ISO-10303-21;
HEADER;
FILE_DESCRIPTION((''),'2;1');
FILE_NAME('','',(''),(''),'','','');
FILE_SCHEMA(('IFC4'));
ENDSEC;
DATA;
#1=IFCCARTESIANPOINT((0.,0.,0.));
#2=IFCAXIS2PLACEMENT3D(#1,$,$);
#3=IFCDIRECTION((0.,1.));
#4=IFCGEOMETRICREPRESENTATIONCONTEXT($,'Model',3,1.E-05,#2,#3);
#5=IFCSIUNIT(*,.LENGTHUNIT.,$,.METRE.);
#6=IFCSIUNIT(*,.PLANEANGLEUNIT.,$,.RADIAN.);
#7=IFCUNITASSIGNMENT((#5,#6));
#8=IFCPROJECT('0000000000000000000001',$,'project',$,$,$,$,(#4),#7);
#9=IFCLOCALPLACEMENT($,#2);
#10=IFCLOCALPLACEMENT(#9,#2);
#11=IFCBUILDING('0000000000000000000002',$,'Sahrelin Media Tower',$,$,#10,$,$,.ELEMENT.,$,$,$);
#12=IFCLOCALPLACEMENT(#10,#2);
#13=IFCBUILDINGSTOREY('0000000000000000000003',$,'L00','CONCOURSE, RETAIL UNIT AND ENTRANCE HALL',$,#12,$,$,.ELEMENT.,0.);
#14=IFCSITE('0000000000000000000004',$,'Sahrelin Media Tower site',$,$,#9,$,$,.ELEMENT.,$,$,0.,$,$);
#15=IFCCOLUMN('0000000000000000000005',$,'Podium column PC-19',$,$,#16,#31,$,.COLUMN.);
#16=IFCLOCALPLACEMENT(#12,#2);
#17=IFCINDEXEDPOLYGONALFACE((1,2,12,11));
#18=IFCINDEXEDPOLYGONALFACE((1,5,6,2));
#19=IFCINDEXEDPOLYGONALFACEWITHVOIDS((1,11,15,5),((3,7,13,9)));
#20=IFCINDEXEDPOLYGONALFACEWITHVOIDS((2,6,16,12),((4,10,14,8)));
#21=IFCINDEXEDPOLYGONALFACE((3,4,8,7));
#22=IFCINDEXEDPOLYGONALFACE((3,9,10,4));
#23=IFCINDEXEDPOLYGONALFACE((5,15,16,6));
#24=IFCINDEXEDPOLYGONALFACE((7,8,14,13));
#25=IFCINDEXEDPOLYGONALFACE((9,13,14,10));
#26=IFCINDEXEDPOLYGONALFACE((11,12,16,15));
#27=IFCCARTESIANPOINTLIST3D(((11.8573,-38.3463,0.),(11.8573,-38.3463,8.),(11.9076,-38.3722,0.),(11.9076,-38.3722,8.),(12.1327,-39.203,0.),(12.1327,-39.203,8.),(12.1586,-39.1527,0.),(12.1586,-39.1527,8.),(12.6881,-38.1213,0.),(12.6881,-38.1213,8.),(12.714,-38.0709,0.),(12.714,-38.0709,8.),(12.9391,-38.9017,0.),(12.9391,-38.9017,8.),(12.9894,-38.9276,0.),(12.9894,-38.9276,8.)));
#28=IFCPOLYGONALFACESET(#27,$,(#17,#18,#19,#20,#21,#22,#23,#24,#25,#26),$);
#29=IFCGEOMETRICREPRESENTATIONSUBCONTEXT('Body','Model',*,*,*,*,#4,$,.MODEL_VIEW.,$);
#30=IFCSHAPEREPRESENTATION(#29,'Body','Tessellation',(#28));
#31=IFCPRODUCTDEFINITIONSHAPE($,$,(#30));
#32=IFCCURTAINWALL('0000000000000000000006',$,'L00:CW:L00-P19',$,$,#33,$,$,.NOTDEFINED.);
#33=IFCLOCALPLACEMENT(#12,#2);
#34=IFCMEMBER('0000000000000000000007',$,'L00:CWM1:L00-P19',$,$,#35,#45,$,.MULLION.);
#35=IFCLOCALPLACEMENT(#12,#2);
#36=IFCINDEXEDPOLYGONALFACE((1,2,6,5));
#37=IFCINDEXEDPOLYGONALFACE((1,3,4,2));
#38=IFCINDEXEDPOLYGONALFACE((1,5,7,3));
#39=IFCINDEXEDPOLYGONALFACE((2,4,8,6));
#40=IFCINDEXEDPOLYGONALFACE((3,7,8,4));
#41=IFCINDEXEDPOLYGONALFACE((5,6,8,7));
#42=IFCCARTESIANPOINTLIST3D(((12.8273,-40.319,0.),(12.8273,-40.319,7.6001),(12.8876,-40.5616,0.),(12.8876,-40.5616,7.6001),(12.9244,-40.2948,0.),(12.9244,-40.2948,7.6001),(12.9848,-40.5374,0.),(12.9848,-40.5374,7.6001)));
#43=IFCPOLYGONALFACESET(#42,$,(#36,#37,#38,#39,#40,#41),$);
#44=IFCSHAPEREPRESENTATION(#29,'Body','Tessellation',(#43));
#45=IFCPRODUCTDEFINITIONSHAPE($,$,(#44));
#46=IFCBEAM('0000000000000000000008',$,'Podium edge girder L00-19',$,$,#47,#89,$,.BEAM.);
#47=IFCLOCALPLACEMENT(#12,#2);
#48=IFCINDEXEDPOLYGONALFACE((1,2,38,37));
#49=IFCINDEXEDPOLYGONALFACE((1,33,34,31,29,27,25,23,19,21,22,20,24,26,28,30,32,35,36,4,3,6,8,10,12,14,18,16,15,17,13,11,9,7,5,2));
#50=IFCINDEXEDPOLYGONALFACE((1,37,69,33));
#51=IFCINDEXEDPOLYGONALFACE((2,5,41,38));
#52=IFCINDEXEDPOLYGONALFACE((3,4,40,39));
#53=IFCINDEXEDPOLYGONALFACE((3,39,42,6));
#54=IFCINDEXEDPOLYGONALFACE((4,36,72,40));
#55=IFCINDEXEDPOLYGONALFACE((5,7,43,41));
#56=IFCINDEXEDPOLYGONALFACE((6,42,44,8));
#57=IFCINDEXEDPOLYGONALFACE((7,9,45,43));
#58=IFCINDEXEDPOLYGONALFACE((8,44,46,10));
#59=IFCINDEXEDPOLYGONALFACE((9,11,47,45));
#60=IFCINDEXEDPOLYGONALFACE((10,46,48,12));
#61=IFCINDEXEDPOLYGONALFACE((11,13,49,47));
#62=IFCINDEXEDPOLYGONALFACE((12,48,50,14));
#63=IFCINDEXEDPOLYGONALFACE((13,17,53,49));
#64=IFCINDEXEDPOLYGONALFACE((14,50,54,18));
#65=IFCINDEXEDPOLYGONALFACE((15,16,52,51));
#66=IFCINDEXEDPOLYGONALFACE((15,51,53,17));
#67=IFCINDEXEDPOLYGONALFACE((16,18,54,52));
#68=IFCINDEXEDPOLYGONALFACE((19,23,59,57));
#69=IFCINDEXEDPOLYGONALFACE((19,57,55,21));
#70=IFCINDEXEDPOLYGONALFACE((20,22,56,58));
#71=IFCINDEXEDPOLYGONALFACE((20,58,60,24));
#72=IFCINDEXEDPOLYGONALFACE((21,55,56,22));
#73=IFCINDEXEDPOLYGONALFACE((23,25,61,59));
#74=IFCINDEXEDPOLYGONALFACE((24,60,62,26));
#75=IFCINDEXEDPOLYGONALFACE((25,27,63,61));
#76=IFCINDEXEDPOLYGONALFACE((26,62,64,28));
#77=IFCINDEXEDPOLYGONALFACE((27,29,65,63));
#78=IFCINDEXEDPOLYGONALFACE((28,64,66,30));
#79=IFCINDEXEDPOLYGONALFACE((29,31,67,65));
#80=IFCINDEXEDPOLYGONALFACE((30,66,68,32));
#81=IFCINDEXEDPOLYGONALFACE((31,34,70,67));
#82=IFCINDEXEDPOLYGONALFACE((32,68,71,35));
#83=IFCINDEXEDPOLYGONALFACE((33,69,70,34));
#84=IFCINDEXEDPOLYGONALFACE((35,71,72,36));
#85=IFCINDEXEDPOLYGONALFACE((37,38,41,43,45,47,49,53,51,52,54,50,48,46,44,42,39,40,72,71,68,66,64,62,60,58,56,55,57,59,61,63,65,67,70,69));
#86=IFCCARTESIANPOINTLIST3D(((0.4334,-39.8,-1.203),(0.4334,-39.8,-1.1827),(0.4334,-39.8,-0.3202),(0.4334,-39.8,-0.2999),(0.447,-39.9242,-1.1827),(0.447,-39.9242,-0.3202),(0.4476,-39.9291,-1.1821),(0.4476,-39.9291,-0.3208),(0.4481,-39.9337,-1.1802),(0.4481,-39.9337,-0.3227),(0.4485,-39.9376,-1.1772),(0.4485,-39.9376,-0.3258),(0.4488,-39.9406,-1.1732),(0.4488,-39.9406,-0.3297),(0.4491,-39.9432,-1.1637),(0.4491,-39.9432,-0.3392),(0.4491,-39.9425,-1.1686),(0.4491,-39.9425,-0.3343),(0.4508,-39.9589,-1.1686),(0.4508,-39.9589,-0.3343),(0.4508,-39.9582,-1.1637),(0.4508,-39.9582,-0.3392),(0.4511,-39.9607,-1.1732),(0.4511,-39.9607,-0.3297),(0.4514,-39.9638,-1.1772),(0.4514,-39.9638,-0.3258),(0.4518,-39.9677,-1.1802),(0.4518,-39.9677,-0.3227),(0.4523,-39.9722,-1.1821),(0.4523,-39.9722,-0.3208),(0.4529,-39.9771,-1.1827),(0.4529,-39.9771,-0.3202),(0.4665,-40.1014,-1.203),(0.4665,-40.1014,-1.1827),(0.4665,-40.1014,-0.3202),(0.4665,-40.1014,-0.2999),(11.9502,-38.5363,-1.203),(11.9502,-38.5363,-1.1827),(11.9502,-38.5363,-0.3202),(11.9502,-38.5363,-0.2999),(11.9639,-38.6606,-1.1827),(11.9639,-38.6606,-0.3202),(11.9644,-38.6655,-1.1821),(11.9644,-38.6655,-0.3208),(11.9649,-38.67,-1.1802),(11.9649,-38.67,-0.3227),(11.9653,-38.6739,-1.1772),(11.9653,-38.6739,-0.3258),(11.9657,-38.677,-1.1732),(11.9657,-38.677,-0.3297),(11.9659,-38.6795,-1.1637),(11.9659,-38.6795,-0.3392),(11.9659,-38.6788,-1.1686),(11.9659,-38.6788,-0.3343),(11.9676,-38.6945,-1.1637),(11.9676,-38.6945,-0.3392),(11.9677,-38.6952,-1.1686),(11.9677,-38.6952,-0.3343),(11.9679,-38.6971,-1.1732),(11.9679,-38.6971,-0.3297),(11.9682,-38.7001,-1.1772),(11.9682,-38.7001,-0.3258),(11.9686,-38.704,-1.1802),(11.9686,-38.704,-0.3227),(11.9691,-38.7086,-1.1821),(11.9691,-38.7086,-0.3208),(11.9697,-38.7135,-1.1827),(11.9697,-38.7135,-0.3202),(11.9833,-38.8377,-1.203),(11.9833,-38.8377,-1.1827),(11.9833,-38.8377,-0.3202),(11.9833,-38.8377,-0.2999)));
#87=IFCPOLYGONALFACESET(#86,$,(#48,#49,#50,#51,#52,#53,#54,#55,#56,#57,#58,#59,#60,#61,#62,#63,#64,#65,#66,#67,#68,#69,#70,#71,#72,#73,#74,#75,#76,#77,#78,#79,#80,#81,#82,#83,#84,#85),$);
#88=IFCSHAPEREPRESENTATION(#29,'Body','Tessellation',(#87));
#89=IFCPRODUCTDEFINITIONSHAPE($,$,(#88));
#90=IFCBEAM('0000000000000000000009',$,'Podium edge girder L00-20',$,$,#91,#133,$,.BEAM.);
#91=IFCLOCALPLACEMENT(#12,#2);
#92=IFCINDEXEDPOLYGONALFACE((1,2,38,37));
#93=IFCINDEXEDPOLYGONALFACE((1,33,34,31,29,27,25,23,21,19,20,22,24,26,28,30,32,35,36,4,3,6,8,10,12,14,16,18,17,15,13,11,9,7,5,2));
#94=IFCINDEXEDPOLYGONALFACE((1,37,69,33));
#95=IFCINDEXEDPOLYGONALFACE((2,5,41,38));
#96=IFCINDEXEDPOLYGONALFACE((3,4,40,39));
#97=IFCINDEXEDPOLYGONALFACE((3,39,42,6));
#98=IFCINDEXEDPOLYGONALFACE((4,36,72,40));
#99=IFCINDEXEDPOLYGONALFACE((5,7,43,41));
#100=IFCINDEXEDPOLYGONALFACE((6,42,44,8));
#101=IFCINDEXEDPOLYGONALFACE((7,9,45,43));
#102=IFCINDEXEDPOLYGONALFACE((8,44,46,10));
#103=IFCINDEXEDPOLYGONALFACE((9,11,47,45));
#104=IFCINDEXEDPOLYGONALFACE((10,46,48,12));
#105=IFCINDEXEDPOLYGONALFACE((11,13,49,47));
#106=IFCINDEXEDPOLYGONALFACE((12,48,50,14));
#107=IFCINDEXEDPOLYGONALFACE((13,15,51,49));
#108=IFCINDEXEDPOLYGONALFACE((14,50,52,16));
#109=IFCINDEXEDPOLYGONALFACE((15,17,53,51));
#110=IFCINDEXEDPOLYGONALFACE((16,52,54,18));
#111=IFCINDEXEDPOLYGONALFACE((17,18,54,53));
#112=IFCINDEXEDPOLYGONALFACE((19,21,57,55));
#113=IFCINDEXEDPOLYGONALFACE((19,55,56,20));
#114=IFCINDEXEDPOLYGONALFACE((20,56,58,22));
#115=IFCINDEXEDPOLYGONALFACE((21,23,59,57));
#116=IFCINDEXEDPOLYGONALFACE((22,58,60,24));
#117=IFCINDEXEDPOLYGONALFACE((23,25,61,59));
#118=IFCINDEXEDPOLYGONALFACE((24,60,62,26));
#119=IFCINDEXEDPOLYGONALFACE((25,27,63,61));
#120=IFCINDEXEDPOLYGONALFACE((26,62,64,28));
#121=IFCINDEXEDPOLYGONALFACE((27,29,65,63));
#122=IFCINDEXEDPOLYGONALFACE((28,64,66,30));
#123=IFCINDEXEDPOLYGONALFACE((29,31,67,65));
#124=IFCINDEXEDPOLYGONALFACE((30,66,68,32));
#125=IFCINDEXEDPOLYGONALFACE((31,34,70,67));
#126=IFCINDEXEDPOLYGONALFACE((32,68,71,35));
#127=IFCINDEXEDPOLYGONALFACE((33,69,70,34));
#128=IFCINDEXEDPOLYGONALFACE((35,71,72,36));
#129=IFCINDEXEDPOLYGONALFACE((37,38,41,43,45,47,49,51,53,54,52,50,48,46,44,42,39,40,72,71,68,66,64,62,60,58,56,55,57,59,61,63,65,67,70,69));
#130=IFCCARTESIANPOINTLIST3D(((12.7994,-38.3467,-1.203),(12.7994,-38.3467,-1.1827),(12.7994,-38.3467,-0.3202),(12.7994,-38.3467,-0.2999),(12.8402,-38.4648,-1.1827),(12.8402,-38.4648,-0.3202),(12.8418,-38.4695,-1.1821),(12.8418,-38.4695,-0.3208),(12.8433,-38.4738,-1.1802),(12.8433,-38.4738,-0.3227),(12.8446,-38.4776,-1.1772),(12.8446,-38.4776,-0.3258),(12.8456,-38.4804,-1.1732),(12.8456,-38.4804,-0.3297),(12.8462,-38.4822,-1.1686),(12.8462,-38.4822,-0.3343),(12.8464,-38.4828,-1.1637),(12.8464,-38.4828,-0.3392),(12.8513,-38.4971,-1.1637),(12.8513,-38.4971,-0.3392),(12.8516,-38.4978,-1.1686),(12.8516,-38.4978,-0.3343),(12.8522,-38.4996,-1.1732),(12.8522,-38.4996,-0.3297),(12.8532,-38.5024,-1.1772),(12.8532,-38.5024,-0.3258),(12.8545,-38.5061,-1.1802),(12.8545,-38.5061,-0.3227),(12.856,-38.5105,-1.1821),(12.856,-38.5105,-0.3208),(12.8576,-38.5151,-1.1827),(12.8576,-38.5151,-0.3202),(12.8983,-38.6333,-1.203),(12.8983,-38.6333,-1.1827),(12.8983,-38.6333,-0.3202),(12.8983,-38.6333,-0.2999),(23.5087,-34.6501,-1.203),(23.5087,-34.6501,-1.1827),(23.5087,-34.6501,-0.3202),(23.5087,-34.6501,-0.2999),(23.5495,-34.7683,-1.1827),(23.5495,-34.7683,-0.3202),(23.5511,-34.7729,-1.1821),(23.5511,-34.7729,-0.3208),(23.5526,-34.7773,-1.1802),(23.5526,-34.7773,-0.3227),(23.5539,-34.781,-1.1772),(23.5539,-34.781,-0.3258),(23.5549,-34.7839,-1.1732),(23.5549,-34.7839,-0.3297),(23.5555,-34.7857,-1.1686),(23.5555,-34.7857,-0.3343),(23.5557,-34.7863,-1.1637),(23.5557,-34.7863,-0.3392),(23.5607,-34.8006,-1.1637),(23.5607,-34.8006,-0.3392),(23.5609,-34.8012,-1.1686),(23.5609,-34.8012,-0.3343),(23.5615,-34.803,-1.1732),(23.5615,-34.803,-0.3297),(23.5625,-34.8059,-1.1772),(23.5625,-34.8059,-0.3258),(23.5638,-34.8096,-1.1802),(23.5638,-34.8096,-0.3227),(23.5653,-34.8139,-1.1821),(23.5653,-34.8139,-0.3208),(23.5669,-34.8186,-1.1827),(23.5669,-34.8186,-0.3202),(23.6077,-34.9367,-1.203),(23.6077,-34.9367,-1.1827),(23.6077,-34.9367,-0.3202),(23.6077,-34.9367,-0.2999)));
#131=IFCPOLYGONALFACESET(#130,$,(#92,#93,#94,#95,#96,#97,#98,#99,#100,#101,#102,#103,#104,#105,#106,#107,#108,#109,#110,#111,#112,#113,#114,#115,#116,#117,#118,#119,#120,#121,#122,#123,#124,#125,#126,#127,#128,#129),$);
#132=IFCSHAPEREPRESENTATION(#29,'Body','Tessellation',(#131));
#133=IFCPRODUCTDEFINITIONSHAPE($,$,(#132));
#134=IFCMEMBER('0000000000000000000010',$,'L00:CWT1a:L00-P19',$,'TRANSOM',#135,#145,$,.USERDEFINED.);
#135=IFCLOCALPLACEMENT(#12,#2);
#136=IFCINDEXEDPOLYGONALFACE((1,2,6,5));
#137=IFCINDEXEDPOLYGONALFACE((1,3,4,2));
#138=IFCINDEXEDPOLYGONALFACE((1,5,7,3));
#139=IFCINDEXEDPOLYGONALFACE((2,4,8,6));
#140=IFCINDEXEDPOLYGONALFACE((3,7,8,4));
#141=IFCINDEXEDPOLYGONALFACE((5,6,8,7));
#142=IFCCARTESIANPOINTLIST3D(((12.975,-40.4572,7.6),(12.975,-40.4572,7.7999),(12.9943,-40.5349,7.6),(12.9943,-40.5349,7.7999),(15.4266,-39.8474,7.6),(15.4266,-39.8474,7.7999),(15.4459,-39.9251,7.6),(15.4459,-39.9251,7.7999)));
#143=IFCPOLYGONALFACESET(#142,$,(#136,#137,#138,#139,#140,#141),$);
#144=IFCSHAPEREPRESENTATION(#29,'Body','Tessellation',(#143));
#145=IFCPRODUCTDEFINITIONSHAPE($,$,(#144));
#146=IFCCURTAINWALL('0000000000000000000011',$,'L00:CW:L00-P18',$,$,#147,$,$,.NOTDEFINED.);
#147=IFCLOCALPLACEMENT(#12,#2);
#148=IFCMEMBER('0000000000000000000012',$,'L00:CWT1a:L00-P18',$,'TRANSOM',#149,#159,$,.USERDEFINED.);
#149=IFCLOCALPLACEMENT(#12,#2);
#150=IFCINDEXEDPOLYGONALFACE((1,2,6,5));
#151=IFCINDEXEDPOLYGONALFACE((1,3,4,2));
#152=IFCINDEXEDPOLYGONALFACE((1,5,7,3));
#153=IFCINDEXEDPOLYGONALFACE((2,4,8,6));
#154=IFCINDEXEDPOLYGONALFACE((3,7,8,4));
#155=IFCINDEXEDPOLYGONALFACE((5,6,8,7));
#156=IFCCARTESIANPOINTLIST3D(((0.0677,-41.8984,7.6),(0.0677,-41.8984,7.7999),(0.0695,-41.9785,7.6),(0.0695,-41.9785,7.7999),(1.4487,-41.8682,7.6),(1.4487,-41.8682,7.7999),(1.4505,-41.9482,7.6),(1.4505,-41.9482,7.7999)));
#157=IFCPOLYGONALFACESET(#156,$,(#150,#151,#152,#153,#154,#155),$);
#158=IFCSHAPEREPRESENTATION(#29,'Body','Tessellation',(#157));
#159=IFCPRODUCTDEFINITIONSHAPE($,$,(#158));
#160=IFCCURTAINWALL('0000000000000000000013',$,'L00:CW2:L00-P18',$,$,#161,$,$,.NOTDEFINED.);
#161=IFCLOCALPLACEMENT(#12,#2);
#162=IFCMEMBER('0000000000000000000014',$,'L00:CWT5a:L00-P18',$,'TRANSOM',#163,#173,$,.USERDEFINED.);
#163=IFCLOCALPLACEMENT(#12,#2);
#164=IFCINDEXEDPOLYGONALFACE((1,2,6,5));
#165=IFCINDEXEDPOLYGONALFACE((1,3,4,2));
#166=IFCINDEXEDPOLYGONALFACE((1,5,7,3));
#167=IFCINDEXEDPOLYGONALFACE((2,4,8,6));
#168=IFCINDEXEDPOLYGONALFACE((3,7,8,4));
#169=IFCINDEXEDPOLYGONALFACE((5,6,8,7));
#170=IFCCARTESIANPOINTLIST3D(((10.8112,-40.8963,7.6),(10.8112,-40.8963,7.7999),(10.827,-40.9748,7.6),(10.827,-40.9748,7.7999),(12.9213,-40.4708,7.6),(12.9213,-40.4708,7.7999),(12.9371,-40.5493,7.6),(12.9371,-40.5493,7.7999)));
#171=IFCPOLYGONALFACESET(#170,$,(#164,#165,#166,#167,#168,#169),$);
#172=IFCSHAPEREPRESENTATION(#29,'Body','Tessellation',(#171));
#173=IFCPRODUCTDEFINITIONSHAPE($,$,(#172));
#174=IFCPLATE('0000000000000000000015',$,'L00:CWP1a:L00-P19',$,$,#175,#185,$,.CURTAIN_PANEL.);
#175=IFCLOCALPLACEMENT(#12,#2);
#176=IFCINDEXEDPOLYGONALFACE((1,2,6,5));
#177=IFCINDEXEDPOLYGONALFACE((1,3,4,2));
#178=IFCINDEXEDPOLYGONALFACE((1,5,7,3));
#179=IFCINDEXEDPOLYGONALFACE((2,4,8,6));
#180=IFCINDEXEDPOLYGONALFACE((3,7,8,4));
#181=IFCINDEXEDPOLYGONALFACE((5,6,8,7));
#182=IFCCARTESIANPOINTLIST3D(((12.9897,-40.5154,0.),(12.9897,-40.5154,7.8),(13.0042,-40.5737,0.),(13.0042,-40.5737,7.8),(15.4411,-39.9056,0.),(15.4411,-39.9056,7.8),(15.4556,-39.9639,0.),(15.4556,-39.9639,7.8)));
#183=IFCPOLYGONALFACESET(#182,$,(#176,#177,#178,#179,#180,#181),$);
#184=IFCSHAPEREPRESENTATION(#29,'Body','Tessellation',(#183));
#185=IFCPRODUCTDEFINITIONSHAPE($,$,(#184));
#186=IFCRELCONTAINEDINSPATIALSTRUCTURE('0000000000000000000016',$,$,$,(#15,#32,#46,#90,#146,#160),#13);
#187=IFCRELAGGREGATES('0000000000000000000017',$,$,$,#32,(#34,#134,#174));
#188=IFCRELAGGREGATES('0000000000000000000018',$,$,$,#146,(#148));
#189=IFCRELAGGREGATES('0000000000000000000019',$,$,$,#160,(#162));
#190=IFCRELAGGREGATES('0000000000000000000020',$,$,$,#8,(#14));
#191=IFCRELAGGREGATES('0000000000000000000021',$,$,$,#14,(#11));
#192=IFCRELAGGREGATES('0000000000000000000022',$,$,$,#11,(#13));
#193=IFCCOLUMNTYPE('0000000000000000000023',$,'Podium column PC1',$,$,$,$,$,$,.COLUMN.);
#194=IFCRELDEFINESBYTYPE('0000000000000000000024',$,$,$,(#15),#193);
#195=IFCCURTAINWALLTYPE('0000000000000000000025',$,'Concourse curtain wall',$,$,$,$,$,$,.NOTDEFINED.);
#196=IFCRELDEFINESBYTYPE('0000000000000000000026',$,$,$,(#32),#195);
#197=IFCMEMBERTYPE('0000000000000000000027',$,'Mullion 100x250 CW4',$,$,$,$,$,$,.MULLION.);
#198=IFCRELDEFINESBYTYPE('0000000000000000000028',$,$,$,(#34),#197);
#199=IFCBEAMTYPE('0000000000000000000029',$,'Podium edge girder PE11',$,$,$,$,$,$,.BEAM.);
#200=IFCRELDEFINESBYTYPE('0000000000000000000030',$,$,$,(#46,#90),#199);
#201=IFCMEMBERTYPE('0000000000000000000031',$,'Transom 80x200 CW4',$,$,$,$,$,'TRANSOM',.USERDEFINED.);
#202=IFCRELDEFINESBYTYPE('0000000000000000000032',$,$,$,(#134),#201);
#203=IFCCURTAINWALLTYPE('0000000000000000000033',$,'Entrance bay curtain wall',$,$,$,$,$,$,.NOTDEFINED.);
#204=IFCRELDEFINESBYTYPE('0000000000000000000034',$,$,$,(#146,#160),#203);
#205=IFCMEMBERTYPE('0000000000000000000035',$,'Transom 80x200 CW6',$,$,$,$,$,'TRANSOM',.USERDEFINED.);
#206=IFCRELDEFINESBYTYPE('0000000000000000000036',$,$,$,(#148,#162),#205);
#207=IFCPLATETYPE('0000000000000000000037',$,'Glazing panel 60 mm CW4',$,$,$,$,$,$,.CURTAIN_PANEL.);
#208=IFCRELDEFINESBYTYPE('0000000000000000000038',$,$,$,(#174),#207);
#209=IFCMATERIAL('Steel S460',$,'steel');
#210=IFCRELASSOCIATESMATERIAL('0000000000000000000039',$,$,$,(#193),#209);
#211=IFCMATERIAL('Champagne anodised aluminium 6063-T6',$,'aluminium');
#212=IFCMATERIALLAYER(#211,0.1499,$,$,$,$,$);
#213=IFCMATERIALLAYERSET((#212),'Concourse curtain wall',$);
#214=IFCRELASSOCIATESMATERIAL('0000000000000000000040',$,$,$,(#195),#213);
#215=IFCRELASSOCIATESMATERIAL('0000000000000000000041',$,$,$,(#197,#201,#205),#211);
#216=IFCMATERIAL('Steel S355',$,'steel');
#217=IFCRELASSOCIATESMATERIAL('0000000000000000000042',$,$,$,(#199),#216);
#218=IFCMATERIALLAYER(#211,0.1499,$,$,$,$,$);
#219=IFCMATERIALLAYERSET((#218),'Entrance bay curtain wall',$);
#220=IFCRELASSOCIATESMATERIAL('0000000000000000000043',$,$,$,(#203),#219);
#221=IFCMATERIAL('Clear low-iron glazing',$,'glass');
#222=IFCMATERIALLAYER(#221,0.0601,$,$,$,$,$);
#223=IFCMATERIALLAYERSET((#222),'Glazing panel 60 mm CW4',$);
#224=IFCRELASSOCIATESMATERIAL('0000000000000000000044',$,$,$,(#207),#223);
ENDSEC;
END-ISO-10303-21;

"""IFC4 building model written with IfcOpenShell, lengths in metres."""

from ifc_helpers import new_model, si_unit, direction, frame, origin, origin_2d, place, context, subcontext, project, spatial, polyline, rectangle, hollow_rectangle, i_section, outline, extrude, material, layer, layer_set, material_profile, profile_set, type_object, element, aggregate, save


model = new_model("IFC4")

# Units and contexts
model_context = context("Model", 3, precision=1e-05, world=origin(), true_north=direction((0.0, 1.0)))
body_context = subcontext(model_context, "Body", "Model", "MODEL_VIEW")
ifc_project = project(units=[si_unit("LENGTHUNIT", "METRE"), si_unit("PLANEANGLEUNIT", "RADIAN")], contexts=[model_context])

# Site, building, storey
site_placement = place(None, origin())
site = spatial("IfcSite", under=ifc_project, at=site_placement, Name="Sahrelin Media Tower site", CompositionType="ELEMENT", RefElevation=0.0)
building_placement = place(site_placement, origin())
building = spatial("IfcBuilding", under=site, at=building_placement, Name="Sahrelin Media Tower", CompositionType="ELEMENT")
storey_placement = place(building_placement, origin())
storey = spatial("IfcBuildingStorey", under=building, at=storey_placement, Name="L00", Description="CONCOURSE, RETAIL UNIT AND ENTRANCE HALL", CompositionType="ELEMENT", Elevation=0.0)

# Column
ifc_material_1 = material(Name="Steel S460", Category="steel")
ifc_material_profile_1 = material_profile(ifc_material_1, hollow_rectangle(XDim=0.8999, YDim=0.8999, WallThickness=0.04, at=origin_2d()), Name="Podium column PC1")
ifc_profile_set_1 = profile_set([ifc_material_profile_1], Name="Steel S460")
column_type = type_object("IfcColumnType", Name="Podium column PC1", PredefinedType="COLUMN", material=ifc_profile_set_1)
column_placement = place(storey_placement, frame((12.4233, -38.637, 0.0), z_axis=(0.0, 0.0, 1.0), x_axis=(0.306104, -0.951998, 0.0)))
element("IfcColumn", 1, at=column_placement, inside=storey, type_object=column_type, Name="Podium column PC-19", PredefinedType="COLUMN", context=body_context, shape_type="SweptSolid", body=[
    extrude(hollow_rectangle(XDim=0.8999, YDim=0.8999, WallThickness=0.04, at=origin_2d()), origin(), (0.0, 0.0, 1.0), 8.0),
])

# Curtain wall, member
ifc_material_2 = material(Name="Champagne anodised aluminium 6063-T6", Category="aluminium")
ifc_layer_1 = layer(ifc_material_2, 0.1499)
ifc_layer_set_1 = layer_set([ifc_layer_1], Name="Concourse curtain wall")
curtain_wall_type_1 = type_object("IfcCurtainWallType", Name="Concourse curtain wall", PredefinedType="NOTDEFINED", material=ifc_layer_set_1)
curtain_wall_1_placement = place(storey_placement, frame((12.9409, -40.5688, 0.0), z_axis=(0.0, 0.0, 1.0), x_axis=(1.0, 0.0, 0.0)))
curtain_wall_1 = element("IfcCurtainWall", 2, at=curtain_wall_1_placement, inside=storey, type_object=curtain_wall_type_1, Name="L00:CW:L00-P19", PredefinedType="NOTDEFINED")
ifc_material_profile_2 = material_profile(ifc_material_2, rectangle(XDim=0.1001, YDim=0.25, at=origin_2d()), Name="Mullion 100x250")
ifc_profile_set_2 = profile_set([ifc_material_profile_2], Name="Champagne anodised aluminium 6063-T6")
member_type_1 = type_object("IfcMemberType", Name="Mullion 100x250 CW4", PredefinedType="MULLION", material=ifc_profile_set_2)
member_1_placement = place(storey_placement, frame((12.906, -40.4282, 0.0), z_axis=(0.0, 0.0, 1.0), x_axis=(0.97041, 0.241461, 0.0)))
member_1 = element("IfcMember", 3, at=member_1_placement, type_object=member_type_1, Name="L00:CWM1:L00-P19", PredefinedType="MULLION", context=body_context, shape_type="SweptSolid", body=[
    extrude(rectangle(XDim=0.1001, YDim=0.25, at=origin_2d()), origin(), (0.0, 0.0, 1.0), 7.6001),
])

# Beams
ifc_material_3 = material(Name="Steel S355", Category="steel")
ifc_material_profile_3 = material_profile(ifc_material_3, i_section(OverallWidth=0.3032, OverallDepth=0.9031, WebThickness=0.0151, FlangeThickness=0.0203, FilletRadius=0.019, at=origin_2d()), Name="UB 914x305x201")
ifc_profile_set_3 = profile_set([ifc_material_profile_3], Name="Steel S355")
beam_type = type_object("IfcBeamType", Name="Podium edge girder PE11", PredefinedType="BEAM", material=ifc_profile_set_3)
beam_1_placement = place(storey_placement, frame((0.45, -39.9507, -0.7515), z_axis=(0.994034, 0.109069, 0.0), x_axis=(-0.109069, 0.994034, 0.0)))
element("IfcBeam", 4, at=beam_1_placement, inside=storey, type_object=beam_type, Name="Podium edge girder L00-19", PredefinedType="BEAM", context=body_context, shape_type="SweptSolid", body=[
    extrude(i_section(OverallWidth=0.3032, OverallDepth=0.9031, WebThickness=0.0151, FlangeThickness=0.0203, FilletRadius=0.019, at=origin_2d()), origin(), (0.0, 0.0, 1.0), 11.5859),
])
beam_2_placement = place(storey_placement, frame((12.8489, -38.49, -0.7515), z_axis=(0.945272, 0.326282, 0.0), x_axis=(-0.326282, 0.945272, 0.0)))
element("IfcBeam", 5, at=beam_2_placement, inside=storey, type_object=beam_type, Name="Podium edge girder L00-20", PredefinedType="BEAM", context=body_context, shape_type="SweptSolid", body=[
    extrude(i_section(OverallWidth=0.3032, OverallDepth=0.9031, WebThickness=0.0151, FlangeThickness=0.0203, FilletRadius=0.019, at=origin_2d()), origin(), (0.0, 0.0, 1.0), 11.3293),
])

# Member
ifc_material_profile_4 = material_profile(ifc_material_2, rectangle(XDim=0.0801, YDim=0.2, at=origin_2d()), Name="Transom 80x200")
ifc_profile_set_4 = profile_set([ifc_material_profile_4], Name="Champagne anodised aluminium 6063-T6")
member_type_2 = type_object("IfcMemberType", Name="Transom 80x200 CW4", ElementType="TRANSOM", PredefinedType="USERDEFINED", material=ifc_profile_set_4)
member_2_placement = place(storey_placement, frame((12.9846, -40.4961, 7.7), z_axis=(0.970426, 0.241399, 0.0), x_axis=(-0.241399, 0.970426, 0.0)))
member_2 = element("IfcMember", 6, at=member_2_placement, type_object=member_type_2, Name="L00:CWT1a:L00-P19", ObjectType="TRANSOM", PredefinedType="USERDEFINED", context=body_context, shape_type="SweptSolid", body=[
    extrude(rectangle(XDim=0.0801, YDim=0.2, at=origin_2d()), origin(), (0.0, 0.0, 1.0), 2.5264),
])

# Curtain walls, members
ifc_layer_2 = layer(ifc_material_2, 0.1499)
ifc_layer_set_2 = layer_set([ifc_layer_2], Name="Entrance bay curtain wall")
curtain_wall_type_2 = type_object("IfcCurtainWallType", Name="Entrance bay curtain wall", PredefinedType="NOTDEFINED", material=ifc_layer_set_2)
curtain_wall_2_placement = place(storey_placement, frame((0.0, -42.0, 0.0), z_axis=(0.0, 0.0, 1.0), x_axis=(1.0, 0.0, 0.0)))
curtain_wall_2 = element("IfcCurtainWall", 7, at=curtain_wall_2_placement, inside=storey, type_object=curtain_wall_type_2, Name="L00:CW:L00-P18", PredefinedType="NOTDEFINED")
ifc_material_profile_5 = material_profile(ifc_material_2, rectangle(XDim=0.0801, YDim=0.2, at=origin_2d()), Name="Transom 80x200")
ifc_profile_set_5 = profile_set([ifc_material_profile_5], Name="Champagne anodised aluminium 6063-T6")
member_type_3 = type_object("IfcMemberType", Name="Transom 80x200 CW6", ElementType="TRANSOM", PredefinedType="USERDEFINED", material=ifc_profile_set_5)
member_3_placement = place(storey_placement, frame((0.0686, -41.9385, 7.7), z_axis=(0.99976, 0.021914, 0.0), x_axis=(-0.021914, 0.99976, 0.0)))
member_3 = element("IfcMember", 8, at=member_3_placement, type_object=member_type_3, Name="L00:CWT1a:L00-P18", ObjectType="TRANSOM", PredefinedType="USERDEFINED", context=body_context, shape_type="SweptSolid", body=[
    extrude(rectangle(XDim=0.0801, YDim=0.2, at=origin_2d()), origin(), (0.0, 0.0, 1.0), 1.3813),
])
curtain_wall_3_placement = place(storey_placement, frame((10.8311, -40.9944, 0.0), z_axis=(0.0, 0.0, 1.0), x_axis=(1.0, 0.0, 0.0)))
curtain_wall_3 = element("IfcCurtainWall", 9, at=curtain_wall_3_placement, inside=storey, type_object=curtain_wall_type_2, Name="L00:CW2:L00-P18", PredefinedType="NOTDEFINED")
member_4_placement = place(storey_placement, frame((10.8191, -40.9355, 7.7), z_axis=(0.980265, 0.197686, 0.0), x_axis=(-0.197686, 0.980265, 0.0)))
member_4 = element("IfcMember", 10, at=member_4_placement, type_object=member_type_3, Name="L00:CWT5a:L00-P18", ObjectType="TRANSOM", PredefinedType="USERDEFINED", context=body_context, shape_type="SweptSolid", body=[
    extrude(rectangle(XDim=0.0801, YDim=0.2, at=origin_2d()), origin(), (0.0, 0.0, 1.0), 2.1526),
])

# Plate
ifc_material_4 = material(Name="Clear low-iron glazing", Category="glass")
ifc_layer_3 = layer(ifc_material_4, 0.0601)
ifc_layer_set_3 = layer_set([ifc_layer_3], Name="Glazing panel 60 mm CW4")
plate_type_1 = type_object("IfcPlateType", Name="Glazing panel 60 mm CW4", PredefinedType="CURTAIN_PANEL", material=ifc_layer_set_3)
plate_1_placement = place(storey_placement, frame((13.0042, -40.5737, 0.0), z_axis=(0.241421, -0.97042, 0.0), x_axis=(0.97042, 0.241421, 0.0)))
plate_1 = element("IfcPlate", 11, at=plate_1_placement, type_object=plate_type_1, Name="L00:CWP1a:L00-P19", PredefinedType="CURTAIN_PANEL", context=body_context, shape_type="SweptSolid", body=[
    extrude(outline(polyline([(0.0, 0.0), (2.5261, 0.0), (2.5261, 7.8), (0.0, 7.8), (0.0, 0.0)])), origin(), (0.0, 0.0, -1.0), 0.0601),
])
aggregate(curtain_wall_1, [member_1, member_2, plate_1])
aggregate(curtain_wall_2, [member_3])
aggregate(curtain_wall_3, [member_4])

save(model, "model.ifc")
